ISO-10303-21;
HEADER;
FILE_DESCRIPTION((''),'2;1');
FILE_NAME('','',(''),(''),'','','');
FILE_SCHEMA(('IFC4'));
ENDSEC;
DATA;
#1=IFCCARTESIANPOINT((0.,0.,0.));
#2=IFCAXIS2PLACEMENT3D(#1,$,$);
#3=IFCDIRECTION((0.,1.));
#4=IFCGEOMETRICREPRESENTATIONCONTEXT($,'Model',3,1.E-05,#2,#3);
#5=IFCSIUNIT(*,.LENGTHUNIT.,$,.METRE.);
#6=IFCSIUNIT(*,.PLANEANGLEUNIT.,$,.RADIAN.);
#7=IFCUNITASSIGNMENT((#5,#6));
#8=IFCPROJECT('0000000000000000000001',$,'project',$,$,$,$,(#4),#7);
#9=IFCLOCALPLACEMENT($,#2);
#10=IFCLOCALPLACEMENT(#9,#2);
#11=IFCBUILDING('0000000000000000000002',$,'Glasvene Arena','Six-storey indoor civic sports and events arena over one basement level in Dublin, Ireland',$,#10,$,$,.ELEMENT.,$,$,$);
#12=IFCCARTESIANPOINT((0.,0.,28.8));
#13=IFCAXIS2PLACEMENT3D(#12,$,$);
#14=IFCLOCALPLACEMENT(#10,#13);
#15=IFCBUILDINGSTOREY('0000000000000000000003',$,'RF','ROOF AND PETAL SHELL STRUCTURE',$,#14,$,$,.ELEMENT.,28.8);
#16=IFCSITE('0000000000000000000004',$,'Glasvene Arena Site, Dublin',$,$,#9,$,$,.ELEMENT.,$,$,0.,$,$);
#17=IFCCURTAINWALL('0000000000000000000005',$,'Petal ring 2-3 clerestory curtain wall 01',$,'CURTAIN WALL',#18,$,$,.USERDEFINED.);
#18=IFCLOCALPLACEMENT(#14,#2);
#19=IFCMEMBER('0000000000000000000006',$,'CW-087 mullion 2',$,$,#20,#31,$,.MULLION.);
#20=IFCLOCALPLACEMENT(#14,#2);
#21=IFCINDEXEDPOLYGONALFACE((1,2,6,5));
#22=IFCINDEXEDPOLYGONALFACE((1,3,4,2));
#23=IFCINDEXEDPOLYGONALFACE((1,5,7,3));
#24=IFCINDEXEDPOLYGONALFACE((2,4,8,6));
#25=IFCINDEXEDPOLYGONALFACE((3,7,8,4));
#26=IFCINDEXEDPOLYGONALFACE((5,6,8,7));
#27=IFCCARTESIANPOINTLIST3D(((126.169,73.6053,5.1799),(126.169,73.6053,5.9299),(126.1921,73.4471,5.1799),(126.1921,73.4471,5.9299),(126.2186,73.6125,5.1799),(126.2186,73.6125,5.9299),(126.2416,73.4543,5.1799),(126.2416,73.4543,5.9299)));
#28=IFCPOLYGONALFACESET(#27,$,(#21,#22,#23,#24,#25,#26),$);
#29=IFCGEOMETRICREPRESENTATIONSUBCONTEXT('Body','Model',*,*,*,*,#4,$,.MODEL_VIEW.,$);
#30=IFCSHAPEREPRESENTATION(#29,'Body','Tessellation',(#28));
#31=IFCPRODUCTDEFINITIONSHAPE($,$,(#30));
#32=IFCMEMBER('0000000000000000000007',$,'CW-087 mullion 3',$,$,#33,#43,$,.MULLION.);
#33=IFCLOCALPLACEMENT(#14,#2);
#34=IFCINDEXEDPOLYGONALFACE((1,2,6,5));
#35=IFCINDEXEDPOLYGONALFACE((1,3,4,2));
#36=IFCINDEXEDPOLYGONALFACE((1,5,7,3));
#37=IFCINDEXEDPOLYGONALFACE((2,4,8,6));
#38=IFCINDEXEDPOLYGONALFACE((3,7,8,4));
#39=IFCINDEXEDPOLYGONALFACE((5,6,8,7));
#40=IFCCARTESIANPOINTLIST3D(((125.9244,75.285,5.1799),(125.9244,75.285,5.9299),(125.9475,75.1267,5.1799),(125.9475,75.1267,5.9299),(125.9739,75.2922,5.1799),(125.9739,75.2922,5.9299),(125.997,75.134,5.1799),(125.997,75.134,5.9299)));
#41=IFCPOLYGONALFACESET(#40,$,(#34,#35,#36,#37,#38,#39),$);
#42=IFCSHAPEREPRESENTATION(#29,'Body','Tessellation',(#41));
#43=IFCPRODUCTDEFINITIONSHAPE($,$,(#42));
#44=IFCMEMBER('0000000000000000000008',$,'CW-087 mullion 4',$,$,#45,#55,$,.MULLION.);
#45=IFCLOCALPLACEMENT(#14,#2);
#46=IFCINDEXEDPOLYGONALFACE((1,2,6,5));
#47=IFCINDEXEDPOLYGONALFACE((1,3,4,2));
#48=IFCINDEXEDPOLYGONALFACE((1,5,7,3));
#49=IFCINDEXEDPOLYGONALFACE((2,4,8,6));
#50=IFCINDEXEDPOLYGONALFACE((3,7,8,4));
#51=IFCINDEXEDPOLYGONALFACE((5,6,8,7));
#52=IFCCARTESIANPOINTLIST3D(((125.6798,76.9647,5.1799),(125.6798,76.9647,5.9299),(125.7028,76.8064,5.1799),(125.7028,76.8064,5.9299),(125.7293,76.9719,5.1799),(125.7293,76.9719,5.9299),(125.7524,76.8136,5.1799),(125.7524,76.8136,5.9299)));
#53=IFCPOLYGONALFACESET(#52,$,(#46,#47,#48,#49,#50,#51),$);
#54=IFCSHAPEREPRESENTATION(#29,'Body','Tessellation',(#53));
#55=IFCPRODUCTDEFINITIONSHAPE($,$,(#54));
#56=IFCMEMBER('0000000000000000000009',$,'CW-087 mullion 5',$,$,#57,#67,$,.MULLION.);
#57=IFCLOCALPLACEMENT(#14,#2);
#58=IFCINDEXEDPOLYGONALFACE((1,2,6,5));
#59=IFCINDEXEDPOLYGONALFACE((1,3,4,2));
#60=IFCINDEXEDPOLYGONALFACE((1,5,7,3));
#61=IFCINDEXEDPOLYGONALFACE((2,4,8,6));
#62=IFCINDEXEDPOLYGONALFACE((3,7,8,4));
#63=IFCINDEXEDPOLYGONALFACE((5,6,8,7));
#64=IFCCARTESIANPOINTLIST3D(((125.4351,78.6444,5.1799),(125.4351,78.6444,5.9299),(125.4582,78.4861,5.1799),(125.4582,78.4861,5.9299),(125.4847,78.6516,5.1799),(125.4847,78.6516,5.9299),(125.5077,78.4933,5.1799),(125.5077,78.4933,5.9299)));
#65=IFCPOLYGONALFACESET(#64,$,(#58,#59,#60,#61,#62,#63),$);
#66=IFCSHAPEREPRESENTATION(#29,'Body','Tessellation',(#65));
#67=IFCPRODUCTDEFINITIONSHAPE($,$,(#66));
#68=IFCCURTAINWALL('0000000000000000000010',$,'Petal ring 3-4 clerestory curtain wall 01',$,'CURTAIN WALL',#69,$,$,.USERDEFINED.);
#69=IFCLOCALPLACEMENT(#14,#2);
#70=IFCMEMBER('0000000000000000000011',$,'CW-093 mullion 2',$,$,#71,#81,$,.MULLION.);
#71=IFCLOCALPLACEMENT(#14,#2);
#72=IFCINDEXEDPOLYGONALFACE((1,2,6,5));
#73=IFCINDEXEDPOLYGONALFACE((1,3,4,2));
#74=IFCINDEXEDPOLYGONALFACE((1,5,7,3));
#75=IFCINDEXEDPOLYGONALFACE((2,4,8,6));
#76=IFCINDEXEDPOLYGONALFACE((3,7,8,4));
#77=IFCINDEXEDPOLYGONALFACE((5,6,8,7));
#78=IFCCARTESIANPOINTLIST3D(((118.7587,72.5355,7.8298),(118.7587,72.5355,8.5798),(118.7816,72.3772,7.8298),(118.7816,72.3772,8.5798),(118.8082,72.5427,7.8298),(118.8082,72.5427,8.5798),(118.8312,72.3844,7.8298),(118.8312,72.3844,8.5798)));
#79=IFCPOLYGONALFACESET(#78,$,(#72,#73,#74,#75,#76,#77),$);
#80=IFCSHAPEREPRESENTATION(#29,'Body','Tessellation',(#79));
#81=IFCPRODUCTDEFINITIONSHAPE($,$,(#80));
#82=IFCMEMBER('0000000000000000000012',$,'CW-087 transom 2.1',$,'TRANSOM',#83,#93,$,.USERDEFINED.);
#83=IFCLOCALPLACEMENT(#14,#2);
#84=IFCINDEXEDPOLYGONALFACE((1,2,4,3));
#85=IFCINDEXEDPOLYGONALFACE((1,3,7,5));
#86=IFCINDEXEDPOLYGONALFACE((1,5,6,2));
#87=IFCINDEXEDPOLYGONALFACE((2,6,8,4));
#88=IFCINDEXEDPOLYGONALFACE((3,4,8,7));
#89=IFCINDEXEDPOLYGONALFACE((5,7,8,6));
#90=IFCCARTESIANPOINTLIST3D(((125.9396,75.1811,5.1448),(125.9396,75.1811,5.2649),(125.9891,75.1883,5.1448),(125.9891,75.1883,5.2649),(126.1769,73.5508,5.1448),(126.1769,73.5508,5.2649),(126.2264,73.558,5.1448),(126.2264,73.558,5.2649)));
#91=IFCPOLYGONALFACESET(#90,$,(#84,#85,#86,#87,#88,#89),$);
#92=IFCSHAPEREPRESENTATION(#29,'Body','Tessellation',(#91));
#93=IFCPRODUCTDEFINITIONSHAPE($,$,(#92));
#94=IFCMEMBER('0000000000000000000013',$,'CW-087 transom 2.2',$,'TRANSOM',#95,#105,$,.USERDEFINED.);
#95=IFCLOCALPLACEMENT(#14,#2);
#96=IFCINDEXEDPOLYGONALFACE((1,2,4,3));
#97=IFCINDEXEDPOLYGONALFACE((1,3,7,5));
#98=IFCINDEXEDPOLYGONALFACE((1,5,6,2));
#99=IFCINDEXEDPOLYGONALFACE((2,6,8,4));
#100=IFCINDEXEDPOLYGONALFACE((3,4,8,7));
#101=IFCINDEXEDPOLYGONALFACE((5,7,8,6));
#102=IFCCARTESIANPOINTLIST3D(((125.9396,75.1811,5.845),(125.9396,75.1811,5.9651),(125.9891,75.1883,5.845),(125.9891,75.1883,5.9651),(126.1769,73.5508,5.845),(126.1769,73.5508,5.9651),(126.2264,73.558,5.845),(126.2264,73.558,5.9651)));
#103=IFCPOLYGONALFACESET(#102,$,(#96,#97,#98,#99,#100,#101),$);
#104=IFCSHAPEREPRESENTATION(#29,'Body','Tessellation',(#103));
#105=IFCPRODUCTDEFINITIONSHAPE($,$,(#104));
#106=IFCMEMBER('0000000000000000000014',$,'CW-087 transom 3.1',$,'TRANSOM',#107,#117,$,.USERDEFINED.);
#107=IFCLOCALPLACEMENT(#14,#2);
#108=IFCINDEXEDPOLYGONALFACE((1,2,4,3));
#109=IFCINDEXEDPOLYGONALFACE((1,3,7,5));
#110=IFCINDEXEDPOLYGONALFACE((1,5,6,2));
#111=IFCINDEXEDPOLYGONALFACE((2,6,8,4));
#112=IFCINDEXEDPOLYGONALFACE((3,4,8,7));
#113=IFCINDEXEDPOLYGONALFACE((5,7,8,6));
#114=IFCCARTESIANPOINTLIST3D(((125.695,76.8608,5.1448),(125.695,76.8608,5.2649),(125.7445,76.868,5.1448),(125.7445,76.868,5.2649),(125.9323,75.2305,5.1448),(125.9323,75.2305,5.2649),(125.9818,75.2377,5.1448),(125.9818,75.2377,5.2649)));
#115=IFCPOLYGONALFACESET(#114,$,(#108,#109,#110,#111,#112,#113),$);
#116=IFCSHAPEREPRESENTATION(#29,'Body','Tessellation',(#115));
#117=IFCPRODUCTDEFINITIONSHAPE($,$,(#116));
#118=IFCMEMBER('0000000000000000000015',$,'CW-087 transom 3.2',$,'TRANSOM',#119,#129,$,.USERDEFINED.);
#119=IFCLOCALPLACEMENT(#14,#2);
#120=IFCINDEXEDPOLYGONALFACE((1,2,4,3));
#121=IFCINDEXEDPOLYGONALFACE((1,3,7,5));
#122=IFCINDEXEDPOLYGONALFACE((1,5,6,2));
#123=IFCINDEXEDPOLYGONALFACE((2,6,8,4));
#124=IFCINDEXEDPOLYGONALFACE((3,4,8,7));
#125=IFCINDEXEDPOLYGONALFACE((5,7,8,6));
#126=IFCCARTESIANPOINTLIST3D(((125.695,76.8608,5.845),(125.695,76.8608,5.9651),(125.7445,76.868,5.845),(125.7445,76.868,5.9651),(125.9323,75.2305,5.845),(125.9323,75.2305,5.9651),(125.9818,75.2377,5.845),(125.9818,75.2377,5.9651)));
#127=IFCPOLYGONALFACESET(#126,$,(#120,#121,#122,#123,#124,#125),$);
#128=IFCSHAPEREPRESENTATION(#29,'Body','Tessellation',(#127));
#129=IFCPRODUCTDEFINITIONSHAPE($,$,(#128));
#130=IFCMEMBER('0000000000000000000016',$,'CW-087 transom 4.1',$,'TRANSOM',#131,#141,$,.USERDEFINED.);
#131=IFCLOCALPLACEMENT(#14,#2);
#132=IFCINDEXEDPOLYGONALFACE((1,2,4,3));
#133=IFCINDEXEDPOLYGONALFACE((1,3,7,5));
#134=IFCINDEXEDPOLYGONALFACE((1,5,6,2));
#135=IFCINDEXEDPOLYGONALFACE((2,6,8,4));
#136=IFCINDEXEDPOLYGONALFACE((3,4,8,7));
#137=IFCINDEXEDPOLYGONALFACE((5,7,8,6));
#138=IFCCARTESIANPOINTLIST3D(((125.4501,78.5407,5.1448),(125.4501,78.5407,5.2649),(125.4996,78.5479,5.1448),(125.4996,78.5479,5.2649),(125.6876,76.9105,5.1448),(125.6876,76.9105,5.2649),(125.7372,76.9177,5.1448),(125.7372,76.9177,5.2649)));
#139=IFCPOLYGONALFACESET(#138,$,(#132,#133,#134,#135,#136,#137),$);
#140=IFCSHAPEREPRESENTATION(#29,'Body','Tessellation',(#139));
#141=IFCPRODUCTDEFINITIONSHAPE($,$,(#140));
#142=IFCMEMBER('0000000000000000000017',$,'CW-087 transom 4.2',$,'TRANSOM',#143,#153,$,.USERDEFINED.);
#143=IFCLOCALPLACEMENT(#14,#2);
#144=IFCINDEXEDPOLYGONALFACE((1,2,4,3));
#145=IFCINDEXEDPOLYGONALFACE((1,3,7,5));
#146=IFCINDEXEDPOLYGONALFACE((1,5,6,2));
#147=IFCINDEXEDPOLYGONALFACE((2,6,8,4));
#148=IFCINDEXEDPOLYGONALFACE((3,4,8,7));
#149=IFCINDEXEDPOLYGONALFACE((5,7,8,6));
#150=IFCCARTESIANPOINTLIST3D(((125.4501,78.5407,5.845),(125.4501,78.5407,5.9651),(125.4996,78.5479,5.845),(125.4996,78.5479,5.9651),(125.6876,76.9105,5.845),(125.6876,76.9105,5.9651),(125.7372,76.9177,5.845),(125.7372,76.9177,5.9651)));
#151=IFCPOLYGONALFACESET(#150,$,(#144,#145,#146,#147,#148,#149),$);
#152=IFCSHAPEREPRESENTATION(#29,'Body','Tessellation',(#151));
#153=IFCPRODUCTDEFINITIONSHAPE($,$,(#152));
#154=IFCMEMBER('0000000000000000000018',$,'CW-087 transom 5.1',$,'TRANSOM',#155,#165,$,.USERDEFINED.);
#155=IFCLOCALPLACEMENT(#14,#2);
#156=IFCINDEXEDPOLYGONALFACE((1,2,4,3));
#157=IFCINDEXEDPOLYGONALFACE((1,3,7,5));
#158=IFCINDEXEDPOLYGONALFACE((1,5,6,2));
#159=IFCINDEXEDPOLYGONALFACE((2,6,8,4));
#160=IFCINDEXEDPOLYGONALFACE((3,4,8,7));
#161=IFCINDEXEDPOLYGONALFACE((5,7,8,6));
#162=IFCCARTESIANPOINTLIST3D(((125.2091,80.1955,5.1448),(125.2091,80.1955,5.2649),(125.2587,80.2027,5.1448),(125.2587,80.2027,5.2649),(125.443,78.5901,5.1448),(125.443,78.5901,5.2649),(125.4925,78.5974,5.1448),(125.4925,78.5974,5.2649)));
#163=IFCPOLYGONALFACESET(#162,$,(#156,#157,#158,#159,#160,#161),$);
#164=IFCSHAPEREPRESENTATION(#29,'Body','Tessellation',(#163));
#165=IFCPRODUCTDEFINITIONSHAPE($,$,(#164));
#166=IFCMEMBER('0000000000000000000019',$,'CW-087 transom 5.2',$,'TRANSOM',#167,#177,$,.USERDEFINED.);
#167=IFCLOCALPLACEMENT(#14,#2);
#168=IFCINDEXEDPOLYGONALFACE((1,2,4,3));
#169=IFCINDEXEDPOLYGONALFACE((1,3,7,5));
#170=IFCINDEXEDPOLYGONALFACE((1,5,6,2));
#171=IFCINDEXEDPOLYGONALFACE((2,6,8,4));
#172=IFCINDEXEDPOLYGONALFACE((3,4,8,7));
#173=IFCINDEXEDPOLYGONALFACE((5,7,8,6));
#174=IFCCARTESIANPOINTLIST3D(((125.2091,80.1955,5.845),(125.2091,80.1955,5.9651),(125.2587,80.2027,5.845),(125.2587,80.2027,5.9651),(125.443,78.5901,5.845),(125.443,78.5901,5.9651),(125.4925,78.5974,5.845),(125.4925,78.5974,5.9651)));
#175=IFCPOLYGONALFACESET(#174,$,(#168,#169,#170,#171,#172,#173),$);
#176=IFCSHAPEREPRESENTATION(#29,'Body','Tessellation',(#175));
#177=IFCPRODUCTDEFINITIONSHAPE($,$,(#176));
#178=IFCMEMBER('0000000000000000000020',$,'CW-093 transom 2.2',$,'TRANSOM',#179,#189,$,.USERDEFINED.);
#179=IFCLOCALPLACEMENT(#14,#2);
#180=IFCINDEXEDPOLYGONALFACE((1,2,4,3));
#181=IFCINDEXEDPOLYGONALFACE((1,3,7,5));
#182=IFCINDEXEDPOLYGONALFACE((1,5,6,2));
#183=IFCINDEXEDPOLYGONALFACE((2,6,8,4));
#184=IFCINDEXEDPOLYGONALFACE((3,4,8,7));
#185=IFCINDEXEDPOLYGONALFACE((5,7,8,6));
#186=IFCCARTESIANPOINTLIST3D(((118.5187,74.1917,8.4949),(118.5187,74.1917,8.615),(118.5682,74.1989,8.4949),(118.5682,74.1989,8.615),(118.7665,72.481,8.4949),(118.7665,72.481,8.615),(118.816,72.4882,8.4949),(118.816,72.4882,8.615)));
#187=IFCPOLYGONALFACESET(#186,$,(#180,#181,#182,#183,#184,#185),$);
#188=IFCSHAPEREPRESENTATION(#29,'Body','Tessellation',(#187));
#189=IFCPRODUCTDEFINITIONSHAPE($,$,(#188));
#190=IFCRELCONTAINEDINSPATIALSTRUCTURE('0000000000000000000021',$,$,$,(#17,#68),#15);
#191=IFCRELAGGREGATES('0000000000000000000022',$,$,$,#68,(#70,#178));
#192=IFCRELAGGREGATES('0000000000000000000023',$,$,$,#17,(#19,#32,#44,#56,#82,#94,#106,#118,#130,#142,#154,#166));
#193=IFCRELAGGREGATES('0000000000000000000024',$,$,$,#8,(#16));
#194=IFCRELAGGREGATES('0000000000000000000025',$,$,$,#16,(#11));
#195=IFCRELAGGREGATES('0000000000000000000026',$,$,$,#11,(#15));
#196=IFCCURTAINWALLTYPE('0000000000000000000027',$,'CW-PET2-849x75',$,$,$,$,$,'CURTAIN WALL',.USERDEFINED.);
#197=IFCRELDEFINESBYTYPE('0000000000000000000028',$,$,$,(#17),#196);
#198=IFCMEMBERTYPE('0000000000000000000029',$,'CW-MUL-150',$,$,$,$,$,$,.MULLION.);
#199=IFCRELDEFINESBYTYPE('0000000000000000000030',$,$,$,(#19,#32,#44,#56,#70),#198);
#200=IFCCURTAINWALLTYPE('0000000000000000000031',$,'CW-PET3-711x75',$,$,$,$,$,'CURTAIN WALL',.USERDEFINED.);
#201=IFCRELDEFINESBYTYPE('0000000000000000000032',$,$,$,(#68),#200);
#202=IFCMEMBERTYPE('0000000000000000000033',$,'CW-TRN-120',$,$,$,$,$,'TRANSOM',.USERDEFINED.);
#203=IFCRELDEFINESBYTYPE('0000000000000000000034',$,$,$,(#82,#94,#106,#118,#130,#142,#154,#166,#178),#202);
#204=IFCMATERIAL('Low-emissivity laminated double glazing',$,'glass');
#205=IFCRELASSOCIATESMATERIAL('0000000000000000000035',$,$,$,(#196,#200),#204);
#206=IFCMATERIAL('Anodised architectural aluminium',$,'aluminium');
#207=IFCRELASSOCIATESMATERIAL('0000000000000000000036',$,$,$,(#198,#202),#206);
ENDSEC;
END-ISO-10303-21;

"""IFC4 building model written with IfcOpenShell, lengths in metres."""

from ifc_helpers import new_model, si_unit, direction, frame, origin, origin_2d, place, context, subcontext, project, spatial, rectangle, extrude, material, material_profile, profile_set, type_object, element, aggregate, save


model = new_model("IFC4")

# Units and contexts
model_context = context("Model", 3, precision=1e-05, world=origin(), true_north=direction((0.0, 1.0)))
body_context = subcontext(model_context, "Body", "Model", "MODEL_VIEW")
ifc_project = project(units=[si_unit("LENGTHUNIT", "METRE"), si_unit("PLANEANGLEUNIT", "RADIAN")], contexts=[model_context])

# Site, building, storey
site_placement = place(None, origin())
site = spatial("IfcSite", under=ifc_project, at=site_placement, Name="Glasvene Arena Site, Dublin", CompositionType="ELEMENT", RefElevation=0.0)
building_placement = place(site_placement, origin())
building = spatial("IfcBuilding", under=site, at=building_placement, Name="Glasvene Arena", Description="Six-storey indoor civic sports and events arena over one basement level in Dublin, Ireland", CompositionType="ELEMENT")
storey_placement = place(building_placement, frame((0.0, 0.0, 28.8)))
storey = spatial("IfcBuildingStorey", under=building, at=storey_placement, Name="RF", Description="ROOF AND PETAL SHELL STRUCTURE", CompositionType="ELEMENT", Elevation=28.8)

# Curtain wall, members
ifc_material_1 = material(Name="Low-emissivity laminated double glazing", Category="glass")
curtain_wall_type_1 = type_object("IfcCurtainWallType", Name="CW-PET2-849x75", ElementType="CURTAIN WALL", PredefinedType="USERDEFINED", material=ifc_material_1)
curtain_wall_1_placement = place(storey_placement, frame((126.45, 71.8501, 0.0)))
curtain_wall_1 = element("IfcCurtainWall", 1, at=curtain_wall_1_placement, inside=storey, type_object=curtain_wall_type_1, Name="Petal ring 2-3 clerestory curtain wall 01", ObjectType="CURTAIN WALL", PredefinedType="USERDEFINED")
ifc_material_2 = material(Name="Anodised architectural aluminium", Category="aluminium")
ifc_material_profile_1 = material_profile(ifc_material_2, rectangle(XDim=0.05, YDim=0.1599, at=origin_2d()), Name="ALU MULLION 50x160")
ifc_profile_set_1 = profile_set([ifc_material_profile_1], Name="Anodised architectural aluminium")
member_type_1 = type_object("IfcMemberType", Name="CW-MUL-150", PredefinedType="MULLION", material=ifc_profile_set_1)
member_1_placement = place(storey_placement, frame((126.2053, 73.5298, 5.1799), z_axis=(0.0, 0.0, 1.0), x_axis=(-0.989558, -0.144133, 0.0)))
member_1 = element("IfcMember", 2, at=member_1_placement, type_object=member_type_1, Name="CW-087 mullion 2", PredefinedType="MULLION", context=body_context, shape_type="SweptSolid", body=[
    extrude(rectangle(XDim=0.05, YDim=0.1599, at=origin_2d()), origin(), (0.0, 0.0, 1.0), 0.75),
])
member_2_placement = place(storey_placement, frame((125.9607, 75.2095, 5.1799), z_axis=(0.0, 0.0, 1.0), x_axis=(-0.989558, -0.144133, 0.0)))
member_2 = element("IfcMember", 3, at=member_2_placement, type_object=member_type_1, Name="CW-087 mullion 3", PredefinedType="MULLION", context=body_context, shape_type="SweptSolid", body=[
    extrude(rectangle(XDim=0.05, YDim=0.1599, at=origin_2d()), origin(), (0.0, 0.0, 1.0), 0.75),
])
member_3_placement = place(storey_placement, frame((125.7161, 76.8892, 5.1799), z_axis=(0.0, 0.0, 1.0), x_axis=(-0.989558, -0.144133, 0.0)))
member_3 = element("IfcMember", 4, at=member_3_placement, type_object=member_type_1, Name="CW-087 mullion 4", PredefinedType="MULLION", context=body_context, shape_type="SweptSolid", body=[
    extrude(rectangle(XDim=0.05, YDim=0.1599, at=origin_2d()), origin(), (0.0, 0.0, 1.0), 0.75),
])
member_4_placement = place(storey_placement, frame((125.4714, 78.5688, 5.1799), z_axis=(0.0, 0.0, 1.0), x_axis=(-0.989558, -0.144133, 0.0)))
member_4 = element("IfcMember", 5, at=member_4_placement, type_object=member_type_1, Name="CW-087 mullion 5", PredefinedType="MULLION", context=body_context, shape_type="SweptSolid", body=[
    extrude(rectangle(XDim=0.05, YDim=0.1599, at=origin_2d()), origin(), (0.0, 0.0, 1.0), 0.75),
])

# Curtain wall, member
curtain_wall_type_2 = type_object("IfcCurtainWallType", Name="CW-PET3-711x75", ElementType="CURTAIN WALL", PredefinedType="USERDEFINED", material=ifc_material_1)
curtain_wall_2_placement = place(storey_placement, frame((119.05, 70.7, 0.0)))
curtain_wall_2 = element("IfcCurtainWall", 6, at=curtain_wall_2_placement, inside=storey, type_object=curtain_wall_type_2, Name="Petal ring 3-4 clerestory curtain wall 01", ObjectType="CURTAIN WALL", PredefinedType="USERDEFINED")
member_5_placement = place(storey_placement, frame((118.7949, 72.46, 7.8298), z_axis=(0.0, 0.0, 1.0), x_axis=(-0.989656, -0.14346, 0.0)))
member_5 = element("IfcMember", 7, at=member_5_placement, type_object=member_type_1, Name="CW-093 mullion 2", PredefinedType="MULLION", context=body_context, shape_type="SweptSolid", body=[
    extrude(rectangle(XDim=0.05, YDim=0.1599, at=origin_2d()), origin(), (0.0, 0.0, 1.0), 0.75),
])

# Members
ifc_material_profile_2 = material_profile(ifc_material_2, rectangle(XDim=0.05, YDim=0.1201, at=origin_2d()), Name="ALU TRANSOM 50x120")
ifc_profile_set_2 = profile_set([ifc_material_profile_2], Name="Anodised architectural aluminium")
member_type_2 = type_object("IfcMemberType", Name="CW-TRN-120", ElementType="TRANSOM", PredefinedType="USERDEFINED", material=ifc_profile_set_2)
member_6_placement = place(storey_placement, frame((126.2017, 73.5544, 5.2048), z_axis=(-0.144035, 0.989573, 0.0), x_axis=(-0.989573, -0.144035, 0.0)))
member_6 = element("IfcMember", 8, at=member_6_placement, type_object=member_type_2, Name="CW-087 transom 2.1", ObjectType="TRANSOM", PredefinedType="USERDEFINED", context=body_context, shape_type="SweptSolid", body=[
    extrude(rectangle(XDim=0.05, YDim=0.1201, at=origin_2d()), origin(), (0.0, 0.0, 1.0), 1.6475),
])
member_7_placement = place(storey_placement, frame((126.2017, 73.5544, 5.905), z_axis=(-0.144035, 0.989573, 0.0), x_axis=(-0.989573, -0.144035, 0.0)))
member_7 = element("IfcMember", 9, at=member_7_placement, type_object=member_type_2, Name="CW-087 transom 2.2", ObjectType="TRANSOM", PredefinedType="USERDEFINED", context=body_context, shape_type="SweptSolid", body=[
    extrude(rectangle(XDim=0.05, YDim=0.1201, at=origin_2d()), origin(), (0.0, 0.0, 1.0), 1.6475),
])
member_8_placement = place(storey_placement, frame((125.957, 75.2341, 5.2048), z_axis=(-0.144035, 0.989573, 0.0), x_axis=(-0.989573, -0.144035, 0.0)))
member_8 = element("IfcMember", 10, at=member_8_placement, type_object=member_type_2, Name="CW-087 transom 3.1", ObjectType="TRANSOM", PredefinedType="USERDEFINED", context=body_context, shape_type="SweptSolid", body=[
    extrude(rectangle(XDim=0.05, YDim=0.1201, at=origin_2d()), origin(), (0.0, 0.0, 1.0), 1.6475),
])
member_9_placement = place(storey_placement, frame((125.957, 75.2341, 5.905), z_axis=(-0.144035, 0.989573, 0.0), x_axis=(-0.989573, -0.144035, 0.0)))
member_9 = element("IfcMember", 11, at=member_9_placement, type_object=member_type_2, Name="CW-087 transom 3.2", ObjectType="TRANSOM", PredefinedType="USERDEFINED", context=body_context, shape_type="SweptSolid", body=[
    extrude(rectangle(XDim=0.05, YDim=0.1201, at=origin_2d()), origin(), (0.0, 0.0, 1.0), 1.6475),
])
member_10_placement = place(storey_placement, frame((125.7124, 76.9141, 5.2048), z_axis=(-0.144201, 0.989548, 0.0), x_axis=(-0.989548, -0.144201, 0.0)))
member_10 = element("IfcMember", 12, at=member_10_placement, type_object=member_type_2, Name="CW-087 transom 4.1", ObjectType="TRANSOM", PredefinedType="USERDEFINED", context=body_context, shape_type="SweptSolid", body=[
    extrude(rectangle(XDim=0.05, YDim=0.1201, at=origin_2d()), origin(), (0.0, 0.0, 1.0), 1.6475),
])
member_11_placement = place(storey_placement, frame((125.7124, 76.9141, 5.905), z_axis=(-0.144201, 0.989548, 0.0), x_axis=(-0.989548, -0.144201, 0.0)))
member_11 = element("IfcMember", 13, at=member_11_placement, type_object=member_type_2, Name="CW-087 transom 4.2", ObjectType="TRANSOM", PredefinedType="USERDEFINED", context=body_context, shape_type="SweptSolid", body=[
    extrude(rectangle(XDim=0.05, YDim=0.1201, at=origin_2d()), origin(), (0.0, 0.0, 1.0), 1.6475),
])
member_12_placement = place(storey_placement, frame((125.4678, 78.5938, 5.2048), z_axis=(-0.14416, 0.989554, 0.0), x_axis=(-0.989554, -0.14416, 0.0)))
member_12 = element("IfcMember", 14, at=member_12_placement, type_object=member_type_2, Name="CW-087 transom 5.1", ObjectType="TRANSOM", PredefinedType="USERDEFINED", context=body_context, shape_type="SweptSolid", body=[
    extrude(rectangle(XDim=0.05, YDim=0.1201, at=origin_2d()), origin(), (0.0, 0.0, 1.0), 1.6223),
])
member_13_placement = place(storey_placement, frame((125.4678, 78.5938, 5.905), z_axis=(-0.14416, 0.989554, 0.0), x_axis=(-0.989554, -0.14416, 0.0)))
member_13 = element("IfcMember", 15, at=member_13_placement, type_object=member_type_2, Name="CW-087 transom 5.2", ObjectType="TRANSOM", PredefinedType="USERDEFINED", context=body_context, shape_type="SweptSolid", body=[
    extrude(rectangle(XDim=0.05, YDim=0.1201, at=origin_2d()), origin(), (0.0, 0.0, 1.0), 1.6223),
])
member_14_placement = place(storey_placement, frame((118.7913, 72.4846, 8.5549), z_axis=(-0.143359, 0.989671, 0.0), x_axis=(-0.989671, -0.143359, 0.0)))
member_14 = element("IfcMember", 16, at=member_14_placement, type_object=member_type_2, Name="CW-093 transom 2.2", ObjectType="TRANSOM", PredefinedType="USERDEFINED", context=body_context, shape_type="SweptSolid", body=[
    extrude(rectangle(XDim=0.05, YDim=0.1201, at=origin_2d()), origin(), (0.0, 0.0, 1.0), 1.7285),
])
aggregate(curtain_wall_2, [member_5, member_14])

aggregate(curtain_wall_1, [member_1, member_2, member_3, member_4, member_6, member_7, member_8, member_9, member_10, member_11, member_12, member_13])

save(model, "model.ifc")
